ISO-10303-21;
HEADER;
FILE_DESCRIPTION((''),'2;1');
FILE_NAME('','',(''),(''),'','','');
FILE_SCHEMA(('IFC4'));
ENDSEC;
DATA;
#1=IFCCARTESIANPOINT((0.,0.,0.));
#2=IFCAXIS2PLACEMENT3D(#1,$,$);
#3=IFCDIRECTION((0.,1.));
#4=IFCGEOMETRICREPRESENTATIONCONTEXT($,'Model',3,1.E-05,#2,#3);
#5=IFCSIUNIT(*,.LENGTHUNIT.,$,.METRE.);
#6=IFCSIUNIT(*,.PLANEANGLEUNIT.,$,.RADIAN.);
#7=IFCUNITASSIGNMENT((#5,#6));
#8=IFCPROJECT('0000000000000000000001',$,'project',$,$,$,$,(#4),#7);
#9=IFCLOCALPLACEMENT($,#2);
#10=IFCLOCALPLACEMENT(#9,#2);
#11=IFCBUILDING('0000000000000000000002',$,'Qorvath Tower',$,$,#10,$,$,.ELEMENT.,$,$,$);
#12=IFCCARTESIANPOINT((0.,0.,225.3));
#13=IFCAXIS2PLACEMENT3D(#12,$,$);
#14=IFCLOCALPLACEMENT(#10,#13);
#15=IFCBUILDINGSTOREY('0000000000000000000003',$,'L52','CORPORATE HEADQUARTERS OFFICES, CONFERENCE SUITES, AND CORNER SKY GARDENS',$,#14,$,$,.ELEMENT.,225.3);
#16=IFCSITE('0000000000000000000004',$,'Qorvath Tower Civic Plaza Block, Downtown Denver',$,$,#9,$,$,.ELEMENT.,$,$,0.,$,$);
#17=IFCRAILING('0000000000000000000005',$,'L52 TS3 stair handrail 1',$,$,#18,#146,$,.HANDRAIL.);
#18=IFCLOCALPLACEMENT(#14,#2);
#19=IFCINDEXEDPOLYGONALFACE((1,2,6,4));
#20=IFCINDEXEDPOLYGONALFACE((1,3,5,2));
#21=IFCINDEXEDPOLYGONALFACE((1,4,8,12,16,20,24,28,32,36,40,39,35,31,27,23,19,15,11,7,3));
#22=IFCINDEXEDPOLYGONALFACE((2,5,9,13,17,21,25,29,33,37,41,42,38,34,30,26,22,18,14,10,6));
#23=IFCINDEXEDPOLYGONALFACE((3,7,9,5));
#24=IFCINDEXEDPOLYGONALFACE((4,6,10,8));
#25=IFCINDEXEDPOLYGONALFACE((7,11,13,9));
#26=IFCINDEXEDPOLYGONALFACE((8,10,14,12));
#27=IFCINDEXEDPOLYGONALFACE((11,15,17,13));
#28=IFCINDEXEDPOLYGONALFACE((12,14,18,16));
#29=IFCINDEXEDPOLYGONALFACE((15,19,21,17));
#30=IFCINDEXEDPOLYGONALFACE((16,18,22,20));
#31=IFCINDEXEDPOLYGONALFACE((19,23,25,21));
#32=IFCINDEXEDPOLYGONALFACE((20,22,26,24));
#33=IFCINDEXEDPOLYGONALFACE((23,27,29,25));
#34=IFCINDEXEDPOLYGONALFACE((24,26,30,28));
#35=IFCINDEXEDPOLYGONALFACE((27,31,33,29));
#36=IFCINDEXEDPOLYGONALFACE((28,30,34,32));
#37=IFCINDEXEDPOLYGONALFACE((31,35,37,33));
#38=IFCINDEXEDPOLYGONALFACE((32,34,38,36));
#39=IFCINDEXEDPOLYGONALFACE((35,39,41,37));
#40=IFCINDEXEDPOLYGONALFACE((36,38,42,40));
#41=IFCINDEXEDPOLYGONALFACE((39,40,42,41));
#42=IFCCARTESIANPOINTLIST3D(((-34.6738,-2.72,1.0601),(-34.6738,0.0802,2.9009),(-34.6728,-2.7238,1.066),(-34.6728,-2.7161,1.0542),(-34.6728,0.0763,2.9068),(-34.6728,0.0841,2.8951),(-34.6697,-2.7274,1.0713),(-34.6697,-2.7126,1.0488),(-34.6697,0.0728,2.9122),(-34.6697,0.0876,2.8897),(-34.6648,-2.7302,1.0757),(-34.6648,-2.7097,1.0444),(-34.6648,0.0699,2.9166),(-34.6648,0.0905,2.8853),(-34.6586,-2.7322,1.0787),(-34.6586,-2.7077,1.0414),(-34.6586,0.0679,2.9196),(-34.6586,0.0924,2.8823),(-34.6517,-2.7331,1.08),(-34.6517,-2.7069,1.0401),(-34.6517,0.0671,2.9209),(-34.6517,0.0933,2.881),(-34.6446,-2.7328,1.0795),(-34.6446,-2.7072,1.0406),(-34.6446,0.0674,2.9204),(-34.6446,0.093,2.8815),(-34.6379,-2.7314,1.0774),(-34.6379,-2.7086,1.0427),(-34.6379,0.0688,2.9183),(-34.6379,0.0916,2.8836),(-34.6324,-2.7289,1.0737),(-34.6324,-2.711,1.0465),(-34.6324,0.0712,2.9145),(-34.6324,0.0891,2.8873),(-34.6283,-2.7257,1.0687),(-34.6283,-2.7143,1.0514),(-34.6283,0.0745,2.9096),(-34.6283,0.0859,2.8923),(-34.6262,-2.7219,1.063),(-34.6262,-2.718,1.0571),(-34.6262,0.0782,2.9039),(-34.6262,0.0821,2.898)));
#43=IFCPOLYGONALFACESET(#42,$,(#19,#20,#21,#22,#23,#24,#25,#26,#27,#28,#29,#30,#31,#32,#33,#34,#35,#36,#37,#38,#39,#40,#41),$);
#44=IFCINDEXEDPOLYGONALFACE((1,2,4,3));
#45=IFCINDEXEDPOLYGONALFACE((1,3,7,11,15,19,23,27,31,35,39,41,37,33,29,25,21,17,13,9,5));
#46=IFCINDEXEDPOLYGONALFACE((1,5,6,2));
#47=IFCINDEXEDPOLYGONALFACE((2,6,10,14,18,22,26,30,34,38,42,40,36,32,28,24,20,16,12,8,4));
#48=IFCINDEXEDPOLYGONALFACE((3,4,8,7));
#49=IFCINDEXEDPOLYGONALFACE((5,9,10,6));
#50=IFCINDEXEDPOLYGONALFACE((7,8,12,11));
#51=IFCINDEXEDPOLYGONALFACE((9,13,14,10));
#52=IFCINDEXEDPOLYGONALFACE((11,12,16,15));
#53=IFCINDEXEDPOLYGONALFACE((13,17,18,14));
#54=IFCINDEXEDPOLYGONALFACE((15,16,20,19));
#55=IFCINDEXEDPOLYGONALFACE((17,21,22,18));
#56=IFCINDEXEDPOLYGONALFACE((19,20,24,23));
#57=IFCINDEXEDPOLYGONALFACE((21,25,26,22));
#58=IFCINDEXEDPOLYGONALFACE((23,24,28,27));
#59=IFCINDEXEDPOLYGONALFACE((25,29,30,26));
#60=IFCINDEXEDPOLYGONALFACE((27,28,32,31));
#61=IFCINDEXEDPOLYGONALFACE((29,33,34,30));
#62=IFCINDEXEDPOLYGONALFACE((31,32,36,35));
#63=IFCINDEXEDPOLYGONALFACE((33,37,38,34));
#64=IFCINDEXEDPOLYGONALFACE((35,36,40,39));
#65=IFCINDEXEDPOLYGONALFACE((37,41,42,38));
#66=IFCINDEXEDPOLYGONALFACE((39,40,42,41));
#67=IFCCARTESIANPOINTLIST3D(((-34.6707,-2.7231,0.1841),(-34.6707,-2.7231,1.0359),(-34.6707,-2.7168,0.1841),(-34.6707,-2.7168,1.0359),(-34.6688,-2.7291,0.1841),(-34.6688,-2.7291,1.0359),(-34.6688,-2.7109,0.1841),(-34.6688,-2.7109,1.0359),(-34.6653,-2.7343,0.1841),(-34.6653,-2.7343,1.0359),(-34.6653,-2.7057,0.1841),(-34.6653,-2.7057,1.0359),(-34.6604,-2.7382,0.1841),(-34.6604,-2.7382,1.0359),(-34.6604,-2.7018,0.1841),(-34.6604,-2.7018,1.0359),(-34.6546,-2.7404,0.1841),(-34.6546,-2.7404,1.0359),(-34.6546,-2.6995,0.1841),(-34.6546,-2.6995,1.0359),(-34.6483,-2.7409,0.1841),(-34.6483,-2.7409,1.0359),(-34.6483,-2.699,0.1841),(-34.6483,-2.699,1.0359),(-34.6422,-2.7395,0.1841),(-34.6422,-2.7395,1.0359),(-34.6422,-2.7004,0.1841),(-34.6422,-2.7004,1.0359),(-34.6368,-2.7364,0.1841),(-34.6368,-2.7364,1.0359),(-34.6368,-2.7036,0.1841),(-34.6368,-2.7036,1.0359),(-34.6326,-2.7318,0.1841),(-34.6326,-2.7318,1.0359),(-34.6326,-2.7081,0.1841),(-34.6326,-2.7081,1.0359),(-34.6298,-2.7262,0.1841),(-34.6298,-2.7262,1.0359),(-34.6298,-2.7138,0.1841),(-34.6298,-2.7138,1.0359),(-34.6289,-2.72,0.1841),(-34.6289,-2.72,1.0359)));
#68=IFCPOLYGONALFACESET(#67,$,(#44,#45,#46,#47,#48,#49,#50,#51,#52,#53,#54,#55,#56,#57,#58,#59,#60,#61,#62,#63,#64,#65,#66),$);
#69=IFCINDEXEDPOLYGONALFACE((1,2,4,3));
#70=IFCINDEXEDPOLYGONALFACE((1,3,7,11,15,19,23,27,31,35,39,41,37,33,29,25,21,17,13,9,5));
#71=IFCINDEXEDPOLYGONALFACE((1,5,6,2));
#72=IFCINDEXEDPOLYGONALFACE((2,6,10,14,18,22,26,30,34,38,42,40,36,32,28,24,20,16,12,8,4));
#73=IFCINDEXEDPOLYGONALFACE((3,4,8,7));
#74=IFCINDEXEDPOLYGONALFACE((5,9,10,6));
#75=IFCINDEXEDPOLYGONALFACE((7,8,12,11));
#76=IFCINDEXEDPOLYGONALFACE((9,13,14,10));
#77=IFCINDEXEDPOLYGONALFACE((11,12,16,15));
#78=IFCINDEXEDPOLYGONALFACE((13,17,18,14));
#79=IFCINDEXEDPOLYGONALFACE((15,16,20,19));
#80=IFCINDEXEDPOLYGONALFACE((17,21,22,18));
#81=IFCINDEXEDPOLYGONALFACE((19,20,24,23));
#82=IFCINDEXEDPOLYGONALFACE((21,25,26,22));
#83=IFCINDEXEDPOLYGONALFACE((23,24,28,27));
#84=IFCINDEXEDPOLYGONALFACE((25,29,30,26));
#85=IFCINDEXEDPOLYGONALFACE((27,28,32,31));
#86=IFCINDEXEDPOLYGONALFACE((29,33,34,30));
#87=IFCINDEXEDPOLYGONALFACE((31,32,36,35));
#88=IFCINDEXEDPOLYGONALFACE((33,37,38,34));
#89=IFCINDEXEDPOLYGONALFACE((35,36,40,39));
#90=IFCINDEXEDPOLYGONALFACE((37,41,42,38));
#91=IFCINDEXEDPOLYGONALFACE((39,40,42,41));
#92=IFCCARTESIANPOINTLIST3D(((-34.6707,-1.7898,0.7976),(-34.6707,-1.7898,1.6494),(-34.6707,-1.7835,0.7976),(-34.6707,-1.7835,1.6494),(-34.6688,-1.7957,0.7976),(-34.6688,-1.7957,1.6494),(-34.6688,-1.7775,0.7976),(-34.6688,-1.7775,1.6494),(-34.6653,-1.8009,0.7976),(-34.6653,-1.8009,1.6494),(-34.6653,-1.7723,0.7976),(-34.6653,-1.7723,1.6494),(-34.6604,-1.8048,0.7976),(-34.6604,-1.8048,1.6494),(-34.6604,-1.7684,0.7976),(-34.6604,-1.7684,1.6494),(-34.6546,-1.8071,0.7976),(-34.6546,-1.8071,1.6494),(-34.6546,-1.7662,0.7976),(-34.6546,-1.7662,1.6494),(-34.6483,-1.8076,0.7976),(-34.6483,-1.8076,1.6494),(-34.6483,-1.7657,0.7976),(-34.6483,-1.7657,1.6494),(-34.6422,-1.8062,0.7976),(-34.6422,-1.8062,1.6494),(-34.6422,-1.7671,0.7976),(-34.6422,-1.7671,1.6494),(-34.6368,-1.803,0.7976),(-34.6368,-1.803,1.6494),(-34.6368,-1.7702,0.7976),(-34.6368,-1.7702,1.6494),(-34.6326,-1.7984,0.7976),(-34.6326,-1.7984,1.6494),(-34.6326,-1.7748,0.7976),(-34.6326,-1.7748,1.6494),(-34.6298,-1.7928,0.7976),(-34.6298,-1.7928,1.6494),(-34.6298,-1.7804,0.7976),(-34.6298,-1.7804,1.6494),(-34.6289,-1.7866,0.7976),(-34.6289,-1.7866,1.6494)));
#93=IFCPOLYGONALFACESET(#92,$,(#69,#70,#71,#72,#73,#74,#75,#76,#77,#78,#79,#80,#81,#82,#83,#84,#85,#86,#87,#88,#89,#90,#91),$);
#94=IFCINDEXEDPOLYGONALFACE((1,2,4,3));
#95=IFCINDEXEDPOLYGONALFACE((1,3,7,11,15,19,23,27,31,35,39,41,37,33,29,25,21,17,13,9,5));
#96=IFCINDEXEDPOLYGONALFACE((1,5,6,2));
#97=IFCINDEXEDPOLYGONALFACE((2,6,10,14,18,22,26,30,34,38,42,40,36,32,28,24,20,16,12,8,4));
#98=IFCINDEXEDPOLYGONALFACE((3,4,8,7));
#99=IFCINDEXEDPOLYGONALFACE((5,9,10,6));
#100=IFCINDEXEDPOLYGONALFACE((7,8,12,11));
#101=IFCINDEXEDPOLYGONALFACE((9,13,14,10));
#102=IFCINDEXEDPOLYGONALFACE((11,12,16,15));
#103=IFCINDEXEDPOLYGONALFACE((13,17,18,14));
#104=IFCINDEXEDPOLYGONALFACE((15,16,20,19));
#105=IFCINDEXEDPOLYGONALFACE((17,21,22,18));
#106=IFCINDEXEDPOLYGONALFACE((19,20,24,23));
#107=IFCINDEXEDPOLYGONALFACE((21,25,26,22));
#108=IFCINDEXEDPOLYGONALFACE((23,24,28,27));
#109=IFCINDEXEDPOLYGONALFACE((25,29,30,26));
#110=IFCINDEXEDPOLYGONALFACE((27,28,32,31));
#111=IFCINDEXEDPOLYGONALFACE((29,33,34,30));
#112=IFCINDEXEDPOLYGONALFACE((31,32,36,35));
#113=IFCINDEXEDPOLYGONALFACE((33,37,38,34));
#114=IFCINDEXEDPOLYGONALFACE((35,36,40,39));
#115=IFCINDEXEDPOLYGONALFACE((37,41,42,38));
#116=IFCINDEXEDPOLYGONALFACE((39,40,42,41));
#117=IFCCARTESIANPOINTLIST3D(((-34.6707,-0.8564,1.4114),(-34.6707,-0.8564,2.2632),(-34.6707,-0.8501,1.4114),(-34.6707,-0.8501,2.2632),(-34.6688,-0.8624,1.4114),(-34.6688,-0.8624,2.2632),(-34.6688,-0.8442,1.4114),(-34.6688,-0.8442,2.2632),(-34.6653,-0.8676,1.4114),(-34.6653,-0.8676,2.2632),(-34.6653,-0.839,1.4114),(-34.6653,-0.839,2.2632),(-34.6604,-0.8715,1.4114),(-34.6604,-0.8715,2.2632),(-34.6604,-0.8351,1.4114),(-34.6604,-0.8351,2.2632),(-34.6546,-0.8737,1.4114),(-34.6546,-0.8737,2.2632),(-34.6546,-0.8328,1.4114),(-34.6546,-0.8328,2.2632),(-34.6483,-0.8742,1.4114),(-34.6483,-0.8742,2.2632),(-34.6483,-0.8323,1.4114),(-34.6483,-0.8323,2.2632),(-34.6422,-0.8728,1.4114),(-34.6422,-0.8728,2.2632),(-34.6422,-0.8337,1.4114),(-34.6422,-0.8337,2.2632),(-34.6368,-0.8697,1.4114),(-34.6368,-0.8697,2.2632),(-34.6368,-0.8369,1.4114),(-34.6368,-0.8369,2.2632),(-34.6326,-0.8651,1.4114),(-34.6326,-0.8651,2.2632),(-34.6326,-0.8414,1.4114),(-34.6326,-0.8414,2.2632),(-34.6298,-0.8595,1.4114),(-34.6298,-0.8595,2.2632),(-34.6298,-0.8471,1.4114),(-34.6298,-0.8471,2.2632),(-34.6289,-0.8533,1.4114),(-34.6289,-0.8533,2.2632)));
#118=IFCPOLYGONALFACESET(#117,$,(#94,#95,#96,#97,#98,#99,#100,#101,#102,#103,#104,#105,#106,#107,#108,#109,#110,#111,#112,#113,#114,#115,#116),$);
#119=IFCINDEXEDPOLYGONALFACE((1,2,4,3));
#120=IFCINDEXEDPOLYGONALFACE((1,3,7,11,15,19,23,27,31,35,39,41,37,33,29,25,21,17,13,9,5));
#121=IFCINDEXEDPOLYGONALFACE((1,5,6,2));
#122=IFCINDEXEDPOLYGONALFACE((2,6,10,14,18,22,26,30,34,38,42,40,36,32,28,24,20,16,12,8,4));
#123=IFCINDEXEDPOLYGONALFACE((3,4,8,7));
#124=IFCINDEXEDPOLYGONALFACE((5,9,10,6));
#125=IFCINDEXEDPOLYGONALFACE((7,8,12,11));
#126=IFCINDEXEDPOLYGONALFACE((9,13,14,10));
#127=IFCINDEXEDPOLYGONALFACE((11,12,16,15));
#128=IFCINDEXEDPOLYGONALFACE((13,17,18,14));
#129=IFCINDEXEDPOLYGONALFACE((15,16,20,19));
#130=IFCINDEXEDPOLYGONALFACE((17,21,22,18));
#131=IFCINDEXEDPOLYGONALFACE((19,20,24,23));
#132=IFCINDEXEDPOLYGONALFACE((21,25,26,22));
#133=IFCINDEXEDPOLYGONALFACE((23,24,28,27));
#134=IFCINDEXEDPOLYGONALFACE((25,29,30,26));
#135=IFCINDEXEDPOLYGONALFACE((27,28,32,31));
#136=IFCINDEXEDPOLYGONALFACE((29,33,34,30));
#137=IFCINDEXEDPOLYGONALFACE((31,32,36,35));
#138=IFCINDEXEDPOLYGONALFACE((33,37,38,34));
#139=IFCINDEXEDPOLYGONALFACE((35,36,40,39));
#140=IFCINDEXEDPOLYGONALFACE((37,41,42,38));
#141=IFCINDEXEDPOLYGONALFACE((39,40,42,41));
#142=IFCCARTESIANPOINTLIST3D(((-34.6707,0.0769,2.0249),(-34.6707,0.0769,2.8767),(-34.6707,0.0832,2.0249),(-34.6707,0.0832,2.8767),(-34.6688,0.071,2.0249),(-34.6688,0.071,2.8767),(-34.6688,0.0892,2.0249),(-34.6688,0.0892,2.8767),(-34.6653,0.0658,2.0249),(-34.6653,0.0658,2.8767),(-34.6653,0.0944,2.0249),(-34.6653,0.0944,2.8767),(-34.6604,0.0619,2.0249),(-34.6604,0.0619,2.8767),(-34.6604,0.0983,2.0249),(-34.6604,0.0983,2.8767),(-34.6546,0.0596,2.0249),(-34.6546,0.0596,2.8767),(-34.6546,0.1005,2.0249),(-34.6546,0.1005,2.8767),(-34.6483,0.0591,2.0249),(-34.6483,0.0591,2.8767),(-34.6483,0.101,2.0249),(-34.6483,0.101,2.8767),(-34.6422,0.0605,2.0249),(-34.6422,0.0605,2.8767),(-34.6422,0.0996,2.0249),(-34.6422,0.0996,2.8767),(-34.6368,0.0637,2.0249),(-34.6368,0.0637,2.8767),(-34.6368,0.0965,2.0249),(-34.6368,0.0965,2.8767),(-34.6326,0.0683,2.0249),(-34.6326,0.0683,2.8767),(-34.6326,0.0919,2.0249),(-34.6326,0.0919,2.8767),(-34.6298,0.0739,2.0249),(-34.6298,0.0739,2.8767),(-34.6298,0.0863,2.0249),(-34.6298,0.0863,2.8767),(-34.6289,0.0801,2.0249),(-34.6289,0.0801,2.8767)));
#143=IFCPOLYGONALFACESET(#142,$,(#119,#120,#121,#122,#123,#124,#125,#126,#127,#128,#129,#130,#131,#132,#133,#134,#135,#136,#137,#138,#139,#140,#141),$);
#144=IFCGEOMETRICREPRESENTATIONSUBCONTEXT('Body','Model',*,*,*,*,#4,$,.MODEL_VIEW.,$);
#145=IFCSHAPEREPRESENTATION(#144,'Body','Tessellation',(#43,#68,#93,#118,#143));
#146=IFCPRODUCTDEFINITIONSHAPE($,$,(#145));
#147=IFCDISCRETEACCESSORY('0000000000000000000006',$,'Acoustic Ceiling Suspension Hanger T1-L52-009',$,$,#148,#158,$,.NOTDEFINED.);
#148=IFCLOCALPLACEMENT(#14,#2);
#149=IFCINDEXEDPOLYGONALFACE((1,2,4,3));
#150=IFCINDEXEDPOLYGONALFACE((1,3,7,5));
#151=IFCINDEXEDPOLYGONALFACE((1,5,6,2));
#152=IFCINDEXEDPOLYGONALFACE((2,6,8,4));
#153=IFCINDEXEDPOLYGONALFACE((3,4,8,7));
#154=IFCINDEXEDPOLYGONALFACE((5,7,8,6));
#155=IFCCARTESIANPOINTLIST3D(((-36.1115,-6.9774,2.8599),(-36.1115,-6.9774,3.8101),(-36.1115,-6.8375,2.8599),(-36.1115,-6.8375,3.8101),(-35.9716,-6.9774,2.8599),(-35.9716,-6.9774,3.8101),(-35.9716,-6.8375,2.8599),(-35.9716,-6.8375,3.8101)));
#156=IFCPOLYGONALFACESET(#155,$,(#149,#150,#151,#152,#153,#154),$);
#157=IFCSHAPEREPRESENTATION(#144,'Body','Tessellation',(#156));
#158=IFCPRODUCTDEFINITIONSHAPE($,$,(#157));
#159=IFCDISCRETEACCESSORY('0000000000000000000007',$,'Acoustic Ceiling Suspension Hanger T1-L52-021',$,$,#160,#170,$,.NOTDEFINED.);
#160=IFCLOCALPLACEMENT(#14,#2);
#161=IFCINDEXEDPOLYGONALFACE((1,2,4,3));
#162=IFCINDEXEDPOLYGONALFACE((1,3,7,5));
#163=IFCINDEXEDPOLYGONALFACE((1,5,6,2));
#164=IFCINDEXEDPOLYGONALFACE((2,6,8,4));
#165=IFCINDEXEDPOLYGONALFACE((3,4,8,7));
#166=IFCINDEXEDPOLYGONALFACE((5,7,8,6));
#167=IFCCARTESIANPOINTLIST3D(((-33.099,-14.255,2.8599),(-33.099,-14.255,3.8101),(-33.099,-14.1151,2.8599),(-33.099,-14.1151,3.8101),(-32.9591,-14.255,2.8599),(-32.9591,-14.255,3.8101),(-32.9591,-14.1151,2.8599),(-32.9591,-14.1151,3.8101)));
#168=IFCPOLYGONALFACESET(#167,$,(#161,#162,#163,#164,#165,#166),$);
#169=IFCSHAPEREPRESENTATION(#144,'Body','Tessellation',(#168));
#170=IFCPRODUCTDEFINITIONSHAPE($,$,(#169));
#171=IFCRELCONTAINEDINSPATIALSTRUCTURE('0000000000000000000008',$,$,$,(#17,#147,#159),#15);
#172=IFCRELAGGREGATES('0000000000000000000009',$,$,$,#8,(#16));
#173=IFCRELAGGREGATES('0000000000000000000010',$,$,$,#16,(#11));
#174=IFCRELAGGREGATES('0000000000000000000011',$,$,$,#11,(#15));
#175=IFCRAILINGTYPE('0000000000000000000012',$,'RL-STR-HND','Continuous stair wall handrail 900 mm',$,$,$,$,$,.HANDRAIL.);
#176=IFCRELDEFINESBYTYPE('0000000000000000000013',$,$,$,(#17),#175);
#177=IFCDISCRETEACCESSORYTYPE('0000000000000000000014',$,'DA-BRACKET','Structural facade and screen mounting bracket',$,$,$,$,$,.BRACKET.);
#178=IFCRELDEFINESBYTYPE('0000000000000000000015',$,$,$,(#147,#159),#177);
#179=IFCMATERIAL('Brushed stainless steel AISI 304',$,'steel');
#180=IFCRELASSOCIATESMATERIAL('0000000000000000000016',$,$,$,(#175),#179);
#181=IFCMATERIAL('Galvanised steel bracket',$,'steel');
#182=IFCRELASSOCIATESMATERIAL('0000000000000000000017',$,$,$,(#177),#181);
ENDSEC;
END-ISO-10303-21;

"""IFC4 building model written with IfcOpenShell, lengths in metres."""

from ifc_helpers import new_model, si_unit, direction, frame, origin, origin_2d, place, context, subcontext, project, spatial, rectangle, circle, extrude, material, type_object, element, save


model = new_model("IFC4")

# Units and contexts
model_context = context("Model", 3, precision=1e-05, world=origin(), true_north=direction((0.0, 1.0)))
body_context = subcontext(model_context, "Body", "Model", "MODEL_VIEW")
ifc_project = project(units=[si_unit("LENGTHUNIT", "METRE"), si_unit("PLANEANGLEUNIT", "RADIAN")], contexts=[model_context])

# Site, building, storey
site_placement = place(None, origin())
site = spatial("IfcSite", under=ifc_project, at=site_placement, Name="Qorvath Tower Civic Plaza Block, Downtown Denver", CompositionType="ELEMENT", RefElevation=0.0)
building_placement = place(site_placement, origin())
building = spatial("IfcBuilding", under=site, at=building_placement, Name="Qorvath Tower", CompositionType="ELEMENT")
storey_placement = place(building_placement, frame((0.0, 0.0, 225.3)))
storey = spatial("IfcBuildingStorey", under=building, at=storey_placement, Name="L52", Description="CORPORATE HEADQUARTERS OFFICES, CONFERENCE SUITES, AND CORNER SKY GARDENS", CompositionType="ELEMENT", Elevation=225.3)

# Railing
ifc_material_1 = material(Name="Brushed stainless steel AISI 304", Category="steel")
railing_type_1 = type_object("IfcRailingType", Name="RL-STR-HND", Description="Continuous stair wall handrail 900 mm", PredefinedType="HANDRAIL", material=ifc_material_1)
railing_1_placement = place(storey_placement, frame((-34.6499, -2.72, 0.1841)))
element("IfcRailing", 1, at=railing_1_placement, inside=storey, type_object=railing_type_1, Name="L52 TS3 stair handrail 1", PredefinedType="HANDRAIL", context=body_context, shape_type="SweptSolid", body=[
    extrude(circle(Radius=0.0239, at=origin_2d()), frame((0.0, 0.0, 0.876), z_axis=(0.0, 0.835598, 0.549342), x_axis=(-1.0, 0.0, 0.0)), (0.0, 0.0, 1.0), 3.3511),
    extrude(circle(Radius=0.021, at=origin_2d()), origin(), (0.0, 0.0, 1.0), 0.8518),
    extrude(circle(Radius=0.021, at=origin_2d()), frame((0.0, 0.9333, 0.6135)), (0.0, 0.0, 1.0), 0.8518),
    extrude(circle(Radius=0.021, at=origin_2d()), frame((0.0, 1.8667, 1.2273)), (0.0, 0.0, 1.0), 0.8518),
    extrude(circle(Radius=0.021, at=origin_2d()), frame((0.0, 2.8, 1.8408)), (0.0, 0.0, 1.0), 0.8518),
])

# Discrete accessories
ifc_material_2 = material(Name="Galvanised steel bracket", Category="steel")
discrete_accessory_type = type_object("IfcDiscreteAccessoryType", Name="DA-BRACKET", Description="Structural facade and screen mounting bracket", PredefinedType="BRACKET", material=ifc_material_2)
for number, where, z_axis, x_axis, name in (
    (2, (-36.0415, -6.9075, 2.8599), (0.0, 0.0, 1.0), (1.0, 0.0, 0.0), "Acoustic Ceiling Suspension Hanger T1-L52-009"),
    (3, (-33.0291, -14.1851, 2.8599), (0.0, 0.0, 1.0), (1.0, 0.0, 0.0), "Acoustic Ceiling Suspension Hanger T1-L52-021"),
):
    element("IfcDiscreteAccessory", number, at=place(storey_placement, frame(where, z_axis=z_axis, x_axis=x_axis)), inside=storey, type_object=discrete_accessory_type, Name=name, PredefinedType="NOTDEFINED", context=body_context, shape_type="SweptSolid", body=[
        extrude(rectangle(XDim=0.1399, YDim=0.1399, at=origin_2d()), origin(), (0.0, 0.0, 1.0), 0.9502),
    ])

save(model, "model.ifc")
